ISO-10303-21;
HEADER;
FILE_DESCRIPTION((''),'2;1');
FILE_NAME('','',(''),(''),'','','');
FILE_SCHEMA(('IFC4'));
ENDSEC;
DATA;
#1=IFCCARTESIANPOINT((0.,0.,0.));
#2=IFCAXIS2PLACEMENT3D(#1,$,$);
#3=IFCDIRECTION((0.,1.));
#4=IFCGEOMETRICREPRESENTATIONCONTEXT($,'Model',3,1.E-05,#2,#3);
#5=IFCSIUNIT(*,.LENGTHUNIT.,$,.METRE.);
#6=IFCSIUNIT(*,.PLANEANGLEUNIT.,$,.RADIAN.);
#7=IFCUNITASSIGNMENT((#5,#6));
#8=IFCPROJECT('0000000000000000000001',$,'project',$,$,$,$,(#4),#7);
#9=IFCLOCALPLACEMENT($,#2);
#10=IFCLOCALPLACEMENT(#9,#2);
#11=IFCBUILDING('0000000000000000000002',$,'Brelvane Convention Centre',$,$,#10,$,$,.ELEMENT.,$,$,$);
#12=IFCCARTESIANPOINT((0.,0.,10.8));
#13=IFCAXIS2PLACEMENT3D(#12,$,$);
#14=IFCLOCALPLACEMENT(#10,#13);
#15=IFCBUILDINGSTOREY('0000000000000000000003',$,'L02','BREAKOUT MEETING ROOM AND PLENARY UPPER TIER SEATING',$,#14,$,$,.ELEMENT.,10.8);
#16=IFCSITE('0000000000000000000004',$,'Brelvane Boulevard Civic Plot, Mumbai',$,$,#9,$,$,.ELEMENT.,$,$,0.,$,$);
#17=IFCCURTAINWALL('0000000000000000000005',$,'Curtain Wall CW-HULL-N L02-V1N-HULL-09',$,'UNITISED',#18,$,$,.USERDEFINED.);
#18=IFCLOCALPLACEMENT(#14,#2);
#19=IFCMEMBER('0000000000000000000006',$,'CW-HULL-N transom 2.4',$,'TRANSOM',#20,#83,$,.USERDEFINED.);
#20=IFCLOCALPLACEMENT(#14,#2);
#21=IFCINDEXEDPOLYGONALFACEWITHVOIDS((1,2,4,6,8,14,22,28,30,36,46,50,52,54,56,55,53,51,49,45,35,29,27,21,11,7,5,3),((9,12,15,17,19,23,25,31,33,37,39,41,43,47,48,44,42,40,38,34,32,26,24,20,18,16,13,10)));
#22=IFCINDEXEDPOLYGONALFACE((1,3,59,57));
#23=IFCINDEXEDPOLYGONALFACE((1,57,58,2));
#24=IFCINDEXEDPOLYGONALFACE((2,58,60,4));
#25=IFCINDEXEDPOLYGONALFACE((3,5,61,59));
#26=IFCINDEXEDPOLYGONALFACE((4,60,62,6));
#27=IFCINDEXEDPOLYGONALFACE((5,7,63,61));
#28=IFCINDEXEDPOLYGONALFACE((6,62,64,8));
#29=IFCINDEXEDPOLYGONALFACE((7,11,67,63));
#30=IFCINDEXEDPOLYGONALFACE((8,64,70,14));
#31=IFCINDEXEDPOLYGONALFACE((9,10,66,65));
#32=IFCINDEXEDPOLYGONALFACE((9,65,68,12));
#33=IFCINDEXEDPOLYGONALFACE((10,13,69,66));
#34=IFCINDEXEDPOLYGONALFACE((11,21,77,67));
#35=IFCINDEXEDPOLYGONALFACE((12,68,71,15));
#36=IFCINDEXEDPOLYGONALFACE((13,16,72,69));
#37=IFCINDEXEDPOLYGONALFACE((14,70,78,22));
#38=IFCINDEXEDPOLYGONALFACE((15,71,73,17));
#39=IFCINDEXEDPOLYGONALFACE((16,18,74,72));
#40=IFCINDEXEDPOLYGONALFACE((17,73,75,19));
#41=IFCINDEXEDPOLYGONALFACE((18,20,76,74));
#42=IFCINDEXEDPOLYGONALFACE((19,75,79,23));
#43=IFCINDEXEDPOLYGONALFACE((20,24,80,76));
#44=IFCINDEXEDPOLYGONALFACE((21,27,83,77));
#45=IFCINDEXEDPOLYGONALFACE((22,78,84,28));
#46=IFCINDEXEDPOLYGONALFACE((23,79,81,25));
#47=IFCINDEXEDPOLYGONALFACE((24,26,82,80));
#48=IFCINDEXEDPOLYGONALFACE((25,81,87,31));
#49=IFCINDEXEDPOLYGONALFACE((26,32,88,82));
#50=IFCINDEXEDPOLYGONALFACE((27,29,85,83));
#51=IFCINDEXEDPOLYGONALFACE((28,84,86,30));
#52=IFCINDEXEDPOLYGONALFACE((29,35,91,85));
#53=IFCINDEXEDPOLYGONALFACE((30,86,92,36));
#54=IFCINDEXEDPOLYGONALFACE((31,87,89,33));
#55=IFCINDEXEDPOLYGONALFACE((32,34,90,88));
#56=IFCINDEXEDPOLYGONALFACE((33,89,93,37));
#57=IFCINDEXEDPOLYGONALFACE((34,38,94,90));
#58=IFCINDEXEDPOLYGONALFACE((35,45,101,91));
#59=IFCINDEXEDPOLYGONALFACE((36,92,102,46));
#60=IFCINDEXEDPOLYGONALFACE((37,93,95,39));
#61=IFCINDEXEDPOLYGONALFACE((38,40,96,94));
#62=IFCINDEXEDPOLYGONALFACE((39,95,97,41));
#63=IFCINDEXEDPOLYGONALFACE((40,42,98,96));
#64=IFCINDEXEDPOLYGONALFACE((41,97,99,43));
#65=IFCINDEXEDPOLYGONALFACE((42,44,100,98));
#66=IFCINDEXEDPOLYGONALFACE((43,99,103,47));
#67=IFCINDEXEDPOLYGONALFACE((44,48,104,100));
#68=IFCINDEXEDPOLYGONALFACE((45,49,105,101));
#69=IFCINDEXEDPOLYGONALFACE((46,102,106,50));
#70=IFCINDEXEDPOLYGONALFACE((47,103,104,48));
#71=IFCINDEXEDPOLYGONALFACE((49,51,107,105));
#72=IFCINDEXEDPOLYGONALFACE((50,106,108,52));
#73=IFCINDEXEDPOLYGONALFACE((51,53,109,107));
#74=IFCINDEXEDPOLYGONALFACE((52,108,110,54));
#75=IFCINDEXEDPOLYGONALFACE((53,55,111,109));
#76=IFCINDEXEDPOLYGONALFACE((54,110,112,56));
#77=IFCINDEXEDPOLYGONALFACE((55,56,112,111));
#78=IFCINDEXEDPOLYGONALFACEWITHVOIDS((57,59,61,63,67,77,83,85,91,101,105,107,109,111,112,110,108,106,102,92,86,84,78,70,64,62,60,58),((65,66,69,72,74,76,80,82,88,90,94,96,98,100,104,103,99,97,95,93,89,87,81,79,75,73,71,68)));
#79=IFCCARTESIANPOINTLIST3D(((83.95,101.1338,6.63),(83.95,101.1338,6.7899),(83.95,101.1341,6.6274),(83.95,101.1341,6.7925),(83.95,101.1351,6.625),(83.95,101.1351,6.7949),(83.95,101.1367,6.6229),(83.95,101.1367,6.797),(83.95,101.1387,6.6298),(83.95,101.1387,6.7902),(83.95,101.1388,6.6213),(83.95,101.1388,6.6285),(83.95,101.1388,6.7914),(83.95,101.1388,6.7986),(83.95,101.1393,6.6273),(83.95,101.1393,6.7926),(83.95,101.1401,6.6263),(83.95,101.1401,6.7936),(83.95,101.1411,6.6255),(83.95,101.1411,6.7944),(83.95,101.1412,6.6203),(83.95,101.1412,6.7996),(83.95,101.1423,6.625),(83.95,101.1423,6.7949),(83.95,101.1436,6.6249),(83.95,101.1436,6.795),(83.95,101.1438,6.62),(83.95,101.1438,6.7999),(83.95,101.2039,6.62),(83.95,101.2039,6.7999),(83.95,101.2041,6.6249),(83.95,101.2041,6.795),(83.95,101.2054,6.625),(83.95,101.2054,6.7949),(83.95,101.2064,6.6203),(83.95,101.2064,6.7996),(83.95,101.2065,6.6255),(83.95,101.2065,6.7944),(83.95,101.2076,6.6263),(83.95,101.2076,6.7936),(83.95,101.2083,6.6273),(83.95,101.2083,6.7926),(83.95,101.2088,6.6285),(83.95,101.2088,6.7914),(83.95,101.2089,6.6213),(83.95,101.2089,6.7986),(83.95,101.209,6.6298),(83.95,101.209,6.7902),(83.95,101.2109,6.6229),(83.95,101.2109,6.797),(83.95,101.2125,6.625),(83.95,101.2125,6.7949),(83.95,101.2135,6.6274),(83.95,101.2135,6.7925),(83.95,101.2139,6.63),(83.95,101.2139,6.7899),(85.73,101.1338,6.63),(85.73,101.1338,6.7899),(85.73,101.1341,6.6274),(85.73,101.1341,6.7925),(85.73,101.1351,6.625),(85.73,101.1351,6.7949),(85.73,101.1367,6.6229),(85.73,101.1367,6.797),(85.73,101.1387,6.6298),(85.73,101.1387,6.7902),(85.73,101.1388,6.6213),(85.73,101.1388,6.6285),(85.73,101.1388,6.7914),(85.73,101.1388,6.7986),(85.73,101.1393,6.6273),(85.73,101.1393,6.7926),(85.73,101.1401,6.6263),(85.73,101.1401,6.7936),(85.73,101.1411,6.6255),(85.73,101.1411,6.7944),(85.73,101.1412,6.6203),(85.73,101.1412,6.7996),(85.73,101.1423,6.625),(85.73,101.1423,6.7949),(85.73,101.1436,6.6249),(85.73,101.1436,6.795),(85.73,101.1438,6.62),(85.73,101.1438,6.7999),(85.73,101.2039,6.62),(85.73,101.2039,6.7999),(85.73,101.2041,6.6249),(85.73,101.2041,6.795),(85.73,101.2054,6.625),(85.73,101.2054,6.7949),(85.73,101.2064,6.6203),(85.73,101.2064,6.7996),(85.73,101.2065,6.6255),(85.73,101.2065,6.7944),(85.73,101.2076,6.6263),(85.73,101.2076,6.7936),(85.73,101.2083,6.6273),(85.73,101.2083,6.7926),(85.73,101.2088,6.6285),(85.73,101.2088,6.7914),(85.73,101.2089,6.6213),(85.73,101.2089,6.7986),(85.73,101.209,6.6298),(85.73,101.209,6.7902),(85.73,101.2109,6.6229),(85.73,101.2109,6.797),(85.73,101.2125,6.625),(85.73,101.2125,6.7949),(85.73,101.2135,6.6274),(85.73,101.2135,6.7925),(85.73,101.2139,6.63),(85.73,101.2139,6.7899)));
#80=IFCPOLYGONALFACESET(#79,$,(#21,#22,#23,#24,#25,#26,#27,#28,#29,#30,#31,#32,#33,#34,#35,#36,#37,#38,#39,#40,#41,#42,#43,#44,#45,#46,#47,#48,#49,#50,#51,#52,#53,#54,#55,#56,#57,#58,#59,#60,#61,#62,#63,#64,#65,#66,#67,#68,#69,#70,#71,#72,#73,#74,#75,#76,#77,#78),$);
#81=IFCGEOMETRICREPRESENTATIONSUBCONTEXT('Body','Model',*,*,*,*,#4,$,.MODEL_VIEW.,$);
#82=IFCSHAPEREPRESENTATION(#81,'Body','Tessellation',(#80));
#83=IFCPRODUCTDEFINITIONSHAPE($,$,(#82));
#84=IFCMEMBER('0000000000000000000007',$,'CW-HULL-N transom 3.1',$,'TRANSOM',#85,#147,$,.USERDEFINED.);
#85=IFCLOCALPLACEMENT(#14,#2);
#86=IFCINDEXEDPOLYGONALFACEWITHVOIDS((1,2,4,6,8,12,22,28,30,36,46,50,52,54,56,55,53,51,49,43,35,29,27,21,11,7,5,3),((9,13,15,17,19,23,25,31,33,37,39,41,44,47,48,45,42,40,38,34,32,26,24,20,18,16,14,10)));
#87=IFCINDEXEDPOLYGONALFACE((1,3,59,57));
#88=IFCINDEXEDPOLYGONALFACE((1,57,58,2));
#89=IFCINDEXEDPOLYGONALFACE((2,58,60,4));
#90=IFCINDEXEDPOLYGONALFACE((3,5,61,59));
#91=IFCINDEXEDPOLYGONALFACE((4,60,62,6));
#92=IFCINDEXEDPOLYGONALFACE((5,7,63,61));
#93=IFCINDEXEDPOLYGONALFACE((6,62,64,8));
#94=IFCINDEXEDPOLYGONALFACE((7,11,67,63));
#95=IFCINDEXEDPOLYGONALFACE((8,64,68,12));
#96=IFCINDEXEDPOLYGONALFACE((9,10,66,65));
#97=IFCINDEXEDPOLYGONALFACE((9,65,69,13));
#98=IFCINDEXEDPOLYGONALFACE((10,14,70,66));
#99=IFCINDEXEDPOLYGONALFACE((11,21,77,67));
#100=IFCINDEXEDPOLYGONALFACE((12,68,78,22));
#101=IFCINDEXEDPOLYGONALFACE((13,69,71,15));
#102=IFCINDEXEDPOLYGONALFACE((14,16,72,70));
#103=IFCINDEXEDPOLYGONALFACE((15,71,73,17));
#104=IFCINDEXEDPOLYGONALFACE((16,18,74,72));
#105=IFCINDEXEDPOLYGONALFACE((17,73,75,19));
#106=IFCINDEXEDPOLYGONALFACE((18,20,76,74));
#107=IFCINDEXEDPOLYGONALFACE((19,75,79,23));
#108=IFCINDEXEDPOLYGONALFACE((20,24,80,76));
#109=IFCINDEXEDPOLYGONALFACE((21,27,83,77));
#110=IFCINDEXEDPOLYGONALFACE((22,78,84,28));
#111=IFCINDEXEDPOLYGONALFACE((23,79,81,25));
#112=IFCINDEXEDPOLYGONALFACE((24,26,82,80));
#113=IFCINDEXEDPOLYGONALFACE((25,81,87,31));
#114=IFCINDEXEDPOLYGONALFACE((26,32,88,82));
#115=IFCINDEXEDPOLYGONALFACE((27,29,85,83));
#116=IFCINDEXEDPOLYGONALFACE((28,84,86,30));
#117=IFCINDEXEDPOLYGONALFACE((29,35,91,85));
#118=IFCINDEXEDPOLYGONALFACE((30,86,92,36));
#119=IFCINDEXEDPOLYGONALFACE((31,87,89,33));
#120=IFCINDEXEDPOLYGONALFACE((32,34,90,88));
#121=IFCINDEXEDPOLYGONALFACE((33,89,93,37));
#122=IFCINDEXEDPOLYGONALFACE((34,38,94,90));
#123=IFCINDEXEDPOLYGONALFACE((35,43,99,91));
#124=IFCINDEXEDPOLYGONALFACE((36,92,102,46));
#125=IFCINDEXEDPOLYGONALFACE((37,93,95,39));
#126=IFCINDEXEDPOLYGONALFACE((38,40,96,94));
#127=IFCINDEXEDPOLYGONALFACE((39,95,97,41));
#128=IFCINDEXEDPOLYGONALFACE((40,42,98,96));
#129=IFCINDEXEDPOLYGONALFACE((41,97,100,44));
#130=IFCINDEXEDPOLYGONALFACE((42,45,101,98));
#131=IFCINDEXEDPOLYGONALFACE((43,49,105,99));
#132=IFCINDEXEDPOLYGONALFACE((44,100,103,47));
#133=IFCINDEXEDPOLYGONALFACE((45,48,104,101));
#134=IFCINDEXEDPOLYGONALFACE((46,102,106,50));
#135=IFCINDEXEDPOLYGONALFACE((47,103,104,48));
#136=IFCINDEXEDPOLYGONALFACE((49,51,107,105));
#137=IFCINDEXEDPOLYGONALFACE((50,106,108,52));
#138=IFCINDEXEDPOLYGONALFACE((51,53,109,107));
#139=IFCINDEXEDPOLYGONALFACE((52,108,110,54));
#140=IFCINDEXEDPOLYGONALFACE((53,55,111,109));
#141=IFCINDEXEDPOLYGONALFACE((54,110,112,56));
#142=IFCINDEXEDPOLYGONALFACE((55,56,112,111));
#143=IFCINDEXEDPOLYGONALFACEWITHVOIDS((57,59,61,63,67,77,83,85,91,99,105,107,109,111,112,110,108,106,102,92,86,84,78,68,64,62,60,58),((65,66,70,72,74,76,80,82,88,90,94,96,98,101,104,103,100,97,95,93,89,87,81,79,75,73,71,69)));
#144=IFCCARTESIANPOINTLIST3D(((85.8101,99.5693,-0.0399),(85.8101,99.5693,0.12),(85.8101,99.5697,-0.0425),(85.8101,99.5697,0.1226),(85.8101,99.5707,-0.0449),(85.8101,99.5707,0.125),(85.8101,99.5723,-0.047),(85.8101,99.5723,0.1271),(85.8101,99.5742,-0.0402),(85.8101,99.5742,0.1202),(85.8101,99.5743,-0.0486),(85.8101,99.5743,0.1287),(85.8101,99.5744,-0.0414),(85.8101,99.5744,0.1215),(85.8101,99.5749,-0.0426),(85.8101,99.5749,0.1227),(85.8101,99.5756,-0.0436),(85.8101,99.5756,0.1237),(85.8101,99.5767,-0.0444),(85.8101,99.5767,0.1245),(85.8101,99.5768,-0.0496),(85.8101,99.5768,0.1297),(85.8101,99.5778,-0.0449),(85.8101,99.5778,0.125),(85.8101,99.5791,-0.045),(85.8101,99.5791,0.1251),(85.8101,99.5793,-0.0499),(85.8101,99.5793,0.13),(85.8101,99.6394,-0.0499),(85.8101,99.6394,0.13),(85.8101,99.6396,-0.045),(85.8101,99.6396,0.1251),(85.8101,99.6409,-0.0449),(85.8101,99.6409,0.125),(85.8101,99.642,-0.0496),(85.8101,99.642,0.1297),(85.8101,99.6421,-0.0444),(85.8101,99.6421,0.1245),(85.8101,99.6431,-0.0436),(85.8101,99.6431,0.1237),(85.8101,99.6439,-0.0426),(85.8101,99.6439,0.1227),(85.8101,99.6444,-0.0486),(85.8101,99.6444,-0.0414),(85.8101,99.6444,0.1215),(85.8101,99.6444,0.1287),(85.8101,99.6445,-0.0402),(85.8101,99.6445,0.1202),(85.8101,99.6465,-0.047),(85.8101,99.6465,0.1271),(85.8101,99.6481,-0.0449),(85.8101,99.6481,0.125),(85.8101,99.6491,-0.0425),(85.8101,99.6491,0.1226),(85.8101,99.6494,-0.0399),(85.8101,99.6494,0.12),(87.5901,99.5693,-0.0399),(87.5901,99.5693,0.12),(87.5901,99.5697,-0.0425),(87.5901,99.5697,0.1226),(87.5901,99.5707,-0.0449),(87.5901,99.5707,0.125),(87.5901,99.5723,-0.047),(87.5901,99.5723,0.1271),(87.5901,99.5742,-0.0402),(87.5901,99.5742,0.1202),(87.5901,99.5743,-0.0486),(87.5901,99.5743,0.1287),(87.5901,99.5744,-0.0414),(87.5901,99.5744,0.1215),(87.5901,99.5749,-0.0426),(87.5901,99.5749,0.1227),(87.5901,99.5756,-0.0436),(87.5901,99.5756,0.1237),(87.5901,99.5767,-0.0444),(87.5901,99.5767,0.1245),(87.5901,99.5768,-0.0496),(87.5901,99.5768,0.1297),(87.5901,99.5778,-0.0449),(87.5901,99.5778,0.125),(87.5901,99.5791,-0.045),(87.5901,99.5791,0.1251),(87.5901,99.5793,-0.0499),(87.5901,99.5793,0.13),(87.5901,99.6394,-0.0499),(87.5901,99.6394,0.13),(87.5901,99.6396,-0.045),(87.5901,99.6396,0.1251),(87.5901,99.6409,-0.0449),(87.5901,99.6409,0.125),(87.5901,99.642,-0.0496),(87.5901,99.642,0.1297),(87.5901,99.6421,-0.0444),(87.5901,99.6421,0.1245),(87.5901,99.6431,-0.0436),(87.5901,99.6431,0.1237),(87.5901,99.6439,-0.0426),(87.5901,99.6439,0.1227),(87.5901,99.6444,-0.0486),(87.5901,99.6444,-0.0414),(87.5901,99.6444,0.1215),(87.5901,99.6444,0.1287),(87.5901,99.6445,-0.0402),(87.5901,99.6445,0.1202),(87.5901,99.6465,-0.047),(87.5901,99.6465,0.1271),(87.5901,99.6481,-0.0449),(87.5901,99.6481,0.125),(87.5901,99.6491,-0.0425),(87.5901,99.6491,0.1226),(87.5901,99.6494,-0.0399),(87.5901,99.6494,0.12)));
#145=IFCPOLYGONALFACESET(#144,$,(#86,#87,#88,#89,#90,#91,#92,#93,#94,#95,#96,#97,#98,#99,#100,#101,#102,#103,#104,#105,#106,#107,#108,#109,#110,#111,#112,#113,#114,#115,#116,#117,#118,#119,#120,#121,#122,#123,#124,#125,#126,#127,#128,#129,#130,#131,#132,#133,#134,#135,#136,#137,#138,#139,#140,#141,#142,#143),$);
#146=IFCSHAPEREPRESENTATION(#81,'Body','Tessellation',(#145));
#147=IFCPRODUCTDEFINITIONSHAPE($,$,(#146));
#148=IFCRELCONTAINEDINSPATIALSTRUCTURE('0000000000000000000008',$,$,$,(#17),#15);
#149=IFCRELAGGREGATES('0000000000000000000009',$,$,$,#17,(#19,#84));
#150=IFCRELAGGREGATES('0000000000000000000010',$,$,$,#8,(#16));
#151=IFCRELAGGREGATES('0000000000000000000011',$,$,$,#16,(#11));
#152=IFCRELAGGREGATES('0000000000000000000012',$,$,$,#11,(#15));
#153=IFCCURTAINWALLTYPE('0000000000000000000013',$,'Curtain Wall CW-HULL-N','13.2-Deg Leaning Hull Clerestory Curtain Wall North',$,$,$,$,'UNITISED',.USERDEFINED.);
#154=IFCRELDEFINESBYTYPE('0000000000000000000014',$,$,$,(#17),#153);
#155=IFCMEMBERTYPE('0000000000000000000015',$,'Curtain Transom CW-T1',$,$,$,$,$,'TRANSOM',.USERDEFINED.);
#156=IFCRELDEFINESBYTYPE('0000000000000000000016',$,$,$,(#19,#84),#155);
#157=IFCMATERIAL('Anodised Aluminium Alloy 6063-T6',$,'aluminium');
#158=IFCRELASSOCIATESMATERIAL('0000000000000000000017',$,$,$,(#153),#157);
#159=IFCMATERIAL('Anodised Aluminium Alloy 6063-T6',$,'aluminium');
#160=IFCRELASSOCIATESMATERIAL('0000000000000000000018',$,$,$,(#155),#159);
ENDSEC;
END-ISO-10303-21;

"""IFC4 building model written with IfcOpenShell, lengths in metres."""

from ifc_helpers import new_model, si_unit, direction, frame, origin, origin_2d, place, context, subcontext, project, spatial, hollow_rectangle, extrude, material, material_profile, profile_set, type_object, element, aggregate, save


model = new_model("IFC4")

# Units and contexts
model_context = context("Model", 3, precision=1e-05, world=origin(), true_north=direction((0.0, 1.0)))
body_context = subcontext(model_context, "Body", "Model", "MODEL_VIEW")
ifc_project = project(units=[si_unit("LENGTHUNIT", "METRE"), si_unit("PLANEANGLEUNIT", "RADIAN")], contexts=[model_context])

# Site, building, storey
site_placement = place(None, origin())
site = spatial("IfcSite", under=ifc_project, at=site_placement, Name="Brelvane Boulevard Civic Plot, Mumbai", CompositionType="ELEMENT", RefElevation=0.0)
building_placement = place(site_placement, origin())
building = spatial("IfcBuilding", under=site, at=building_placement, Name="Brelvane Convention Centre", CompositionType="ELEMENT")
storey_placement = place(building_placement, frame((0.0, 0.0, 10.8)))
storey = spatial("IfcBuildingStorey", under=building, at=storey_placement, Name="L02", Description="BREAKOUT MEETING ROOM AND PLENARY UPPER TIER SEATING", CompositionType="ELEMENT", Elevation=10.8)

# Curtain wall, members
ifc_material_1 = material(Name="Anodised Aluminium Alloy 6063-T6", Category="aluminium")
curtain_wall_type = type_object("IfcCurtainWallType", Name="Curtain Wall CW-HULL-N", Description="13.2-Deg Leaning Hull Clerestory Curtain Wall North", ElementType="UNITISED", PredefinedType="USERDEFINED", material=ifc_material_1)
curtain_wall_placement = place(storey_placement, origin())
curtain_wall = element("IfcCurtainWall", 1, at=curtain_wall_placement, inside=storey, type_object=curtain_wall_type, Name="Curtain Wall CW-HULL-N L02-V1N-HULL-09", ObjectType="UNITISED", PredefinedType="USERDEFINED")
ifc_material_2 = material(Name="Anodised Aluminium Alloy 6063-T6", Category="aluminium")
ifc_material_profile_1 = material_profile(ifc_material_2, hollow_rectangle(XDim=0.0801, YDim=0.1799, WallThickness=0.0049, InnerFilletRadius=0.0049, OuterFilletRadius=0.01, at=origin_2d()), Name="ALU-T 180x80x5.0")
ifc_profile_set_1 = profile_set([ifc_material_profile_1], Name="Anodised Aluminium Alloy 6063-T6")
member_type_1 = type_object("IfcMemberType", Name="Curtain Transom CW-T1", ElementType="TRANSOM", PredefinedType="USERDEFINED", material=ifc_profile_set_1)
member_1_placement = place(storey_placement, frame((83.95, 101.1738, 6.71), z_axis=(1.0, 0.0, 0.0), x_axis=(0.0, 1.0, 0.0)))
member_1 = element("IfcMember", 2, at=member_1_placement, type_object=member_type_1, Name="CW-HULL-N transom 2.4", ObjectType="TRANSOM", PredefinedType="USERDEFINED", context=body_context, shape_type="SweptSolid", body=[
    extrude(hollow_rectangle(XDim=0.0801, YDim=0.1799, WallThickness=0.0049, InnerFilletRadius=0.0049, OuterFilletRadius=0.01, at=origin_2d()), origin(), (0.0, 0.0, 1.0), 1.78),
])
member_2_placement = place(storey_placement, frame((85.8101, 99.6094, 0.04), z_axis=(1.0, 0.0, 0.0), x_axis=(0.0, 1.0, 0.0)))
member_2 = element("IfcMember", 3, at=member_2_placement, type_object=member_type_1, Name="CW-HULL-N transom 3.1", ObjectType="TRANSOM", PredefinedType="USERDEFINED", context=body_context, shape_type="SweptSolid", body=[
    extrude(hollow_rectangle(XDim=0.0801, YDim=0.1799, WallThickness=0.0049, InnerFilletRadius=0.0049, OuterFilletRadius=0.01, at=origin_2d()), origin(), (0.0, 0.0, 1.0), 1.78),
])
aggregate(curtain_wall, [member_1, member_2])

save(model, "model.ifc")
